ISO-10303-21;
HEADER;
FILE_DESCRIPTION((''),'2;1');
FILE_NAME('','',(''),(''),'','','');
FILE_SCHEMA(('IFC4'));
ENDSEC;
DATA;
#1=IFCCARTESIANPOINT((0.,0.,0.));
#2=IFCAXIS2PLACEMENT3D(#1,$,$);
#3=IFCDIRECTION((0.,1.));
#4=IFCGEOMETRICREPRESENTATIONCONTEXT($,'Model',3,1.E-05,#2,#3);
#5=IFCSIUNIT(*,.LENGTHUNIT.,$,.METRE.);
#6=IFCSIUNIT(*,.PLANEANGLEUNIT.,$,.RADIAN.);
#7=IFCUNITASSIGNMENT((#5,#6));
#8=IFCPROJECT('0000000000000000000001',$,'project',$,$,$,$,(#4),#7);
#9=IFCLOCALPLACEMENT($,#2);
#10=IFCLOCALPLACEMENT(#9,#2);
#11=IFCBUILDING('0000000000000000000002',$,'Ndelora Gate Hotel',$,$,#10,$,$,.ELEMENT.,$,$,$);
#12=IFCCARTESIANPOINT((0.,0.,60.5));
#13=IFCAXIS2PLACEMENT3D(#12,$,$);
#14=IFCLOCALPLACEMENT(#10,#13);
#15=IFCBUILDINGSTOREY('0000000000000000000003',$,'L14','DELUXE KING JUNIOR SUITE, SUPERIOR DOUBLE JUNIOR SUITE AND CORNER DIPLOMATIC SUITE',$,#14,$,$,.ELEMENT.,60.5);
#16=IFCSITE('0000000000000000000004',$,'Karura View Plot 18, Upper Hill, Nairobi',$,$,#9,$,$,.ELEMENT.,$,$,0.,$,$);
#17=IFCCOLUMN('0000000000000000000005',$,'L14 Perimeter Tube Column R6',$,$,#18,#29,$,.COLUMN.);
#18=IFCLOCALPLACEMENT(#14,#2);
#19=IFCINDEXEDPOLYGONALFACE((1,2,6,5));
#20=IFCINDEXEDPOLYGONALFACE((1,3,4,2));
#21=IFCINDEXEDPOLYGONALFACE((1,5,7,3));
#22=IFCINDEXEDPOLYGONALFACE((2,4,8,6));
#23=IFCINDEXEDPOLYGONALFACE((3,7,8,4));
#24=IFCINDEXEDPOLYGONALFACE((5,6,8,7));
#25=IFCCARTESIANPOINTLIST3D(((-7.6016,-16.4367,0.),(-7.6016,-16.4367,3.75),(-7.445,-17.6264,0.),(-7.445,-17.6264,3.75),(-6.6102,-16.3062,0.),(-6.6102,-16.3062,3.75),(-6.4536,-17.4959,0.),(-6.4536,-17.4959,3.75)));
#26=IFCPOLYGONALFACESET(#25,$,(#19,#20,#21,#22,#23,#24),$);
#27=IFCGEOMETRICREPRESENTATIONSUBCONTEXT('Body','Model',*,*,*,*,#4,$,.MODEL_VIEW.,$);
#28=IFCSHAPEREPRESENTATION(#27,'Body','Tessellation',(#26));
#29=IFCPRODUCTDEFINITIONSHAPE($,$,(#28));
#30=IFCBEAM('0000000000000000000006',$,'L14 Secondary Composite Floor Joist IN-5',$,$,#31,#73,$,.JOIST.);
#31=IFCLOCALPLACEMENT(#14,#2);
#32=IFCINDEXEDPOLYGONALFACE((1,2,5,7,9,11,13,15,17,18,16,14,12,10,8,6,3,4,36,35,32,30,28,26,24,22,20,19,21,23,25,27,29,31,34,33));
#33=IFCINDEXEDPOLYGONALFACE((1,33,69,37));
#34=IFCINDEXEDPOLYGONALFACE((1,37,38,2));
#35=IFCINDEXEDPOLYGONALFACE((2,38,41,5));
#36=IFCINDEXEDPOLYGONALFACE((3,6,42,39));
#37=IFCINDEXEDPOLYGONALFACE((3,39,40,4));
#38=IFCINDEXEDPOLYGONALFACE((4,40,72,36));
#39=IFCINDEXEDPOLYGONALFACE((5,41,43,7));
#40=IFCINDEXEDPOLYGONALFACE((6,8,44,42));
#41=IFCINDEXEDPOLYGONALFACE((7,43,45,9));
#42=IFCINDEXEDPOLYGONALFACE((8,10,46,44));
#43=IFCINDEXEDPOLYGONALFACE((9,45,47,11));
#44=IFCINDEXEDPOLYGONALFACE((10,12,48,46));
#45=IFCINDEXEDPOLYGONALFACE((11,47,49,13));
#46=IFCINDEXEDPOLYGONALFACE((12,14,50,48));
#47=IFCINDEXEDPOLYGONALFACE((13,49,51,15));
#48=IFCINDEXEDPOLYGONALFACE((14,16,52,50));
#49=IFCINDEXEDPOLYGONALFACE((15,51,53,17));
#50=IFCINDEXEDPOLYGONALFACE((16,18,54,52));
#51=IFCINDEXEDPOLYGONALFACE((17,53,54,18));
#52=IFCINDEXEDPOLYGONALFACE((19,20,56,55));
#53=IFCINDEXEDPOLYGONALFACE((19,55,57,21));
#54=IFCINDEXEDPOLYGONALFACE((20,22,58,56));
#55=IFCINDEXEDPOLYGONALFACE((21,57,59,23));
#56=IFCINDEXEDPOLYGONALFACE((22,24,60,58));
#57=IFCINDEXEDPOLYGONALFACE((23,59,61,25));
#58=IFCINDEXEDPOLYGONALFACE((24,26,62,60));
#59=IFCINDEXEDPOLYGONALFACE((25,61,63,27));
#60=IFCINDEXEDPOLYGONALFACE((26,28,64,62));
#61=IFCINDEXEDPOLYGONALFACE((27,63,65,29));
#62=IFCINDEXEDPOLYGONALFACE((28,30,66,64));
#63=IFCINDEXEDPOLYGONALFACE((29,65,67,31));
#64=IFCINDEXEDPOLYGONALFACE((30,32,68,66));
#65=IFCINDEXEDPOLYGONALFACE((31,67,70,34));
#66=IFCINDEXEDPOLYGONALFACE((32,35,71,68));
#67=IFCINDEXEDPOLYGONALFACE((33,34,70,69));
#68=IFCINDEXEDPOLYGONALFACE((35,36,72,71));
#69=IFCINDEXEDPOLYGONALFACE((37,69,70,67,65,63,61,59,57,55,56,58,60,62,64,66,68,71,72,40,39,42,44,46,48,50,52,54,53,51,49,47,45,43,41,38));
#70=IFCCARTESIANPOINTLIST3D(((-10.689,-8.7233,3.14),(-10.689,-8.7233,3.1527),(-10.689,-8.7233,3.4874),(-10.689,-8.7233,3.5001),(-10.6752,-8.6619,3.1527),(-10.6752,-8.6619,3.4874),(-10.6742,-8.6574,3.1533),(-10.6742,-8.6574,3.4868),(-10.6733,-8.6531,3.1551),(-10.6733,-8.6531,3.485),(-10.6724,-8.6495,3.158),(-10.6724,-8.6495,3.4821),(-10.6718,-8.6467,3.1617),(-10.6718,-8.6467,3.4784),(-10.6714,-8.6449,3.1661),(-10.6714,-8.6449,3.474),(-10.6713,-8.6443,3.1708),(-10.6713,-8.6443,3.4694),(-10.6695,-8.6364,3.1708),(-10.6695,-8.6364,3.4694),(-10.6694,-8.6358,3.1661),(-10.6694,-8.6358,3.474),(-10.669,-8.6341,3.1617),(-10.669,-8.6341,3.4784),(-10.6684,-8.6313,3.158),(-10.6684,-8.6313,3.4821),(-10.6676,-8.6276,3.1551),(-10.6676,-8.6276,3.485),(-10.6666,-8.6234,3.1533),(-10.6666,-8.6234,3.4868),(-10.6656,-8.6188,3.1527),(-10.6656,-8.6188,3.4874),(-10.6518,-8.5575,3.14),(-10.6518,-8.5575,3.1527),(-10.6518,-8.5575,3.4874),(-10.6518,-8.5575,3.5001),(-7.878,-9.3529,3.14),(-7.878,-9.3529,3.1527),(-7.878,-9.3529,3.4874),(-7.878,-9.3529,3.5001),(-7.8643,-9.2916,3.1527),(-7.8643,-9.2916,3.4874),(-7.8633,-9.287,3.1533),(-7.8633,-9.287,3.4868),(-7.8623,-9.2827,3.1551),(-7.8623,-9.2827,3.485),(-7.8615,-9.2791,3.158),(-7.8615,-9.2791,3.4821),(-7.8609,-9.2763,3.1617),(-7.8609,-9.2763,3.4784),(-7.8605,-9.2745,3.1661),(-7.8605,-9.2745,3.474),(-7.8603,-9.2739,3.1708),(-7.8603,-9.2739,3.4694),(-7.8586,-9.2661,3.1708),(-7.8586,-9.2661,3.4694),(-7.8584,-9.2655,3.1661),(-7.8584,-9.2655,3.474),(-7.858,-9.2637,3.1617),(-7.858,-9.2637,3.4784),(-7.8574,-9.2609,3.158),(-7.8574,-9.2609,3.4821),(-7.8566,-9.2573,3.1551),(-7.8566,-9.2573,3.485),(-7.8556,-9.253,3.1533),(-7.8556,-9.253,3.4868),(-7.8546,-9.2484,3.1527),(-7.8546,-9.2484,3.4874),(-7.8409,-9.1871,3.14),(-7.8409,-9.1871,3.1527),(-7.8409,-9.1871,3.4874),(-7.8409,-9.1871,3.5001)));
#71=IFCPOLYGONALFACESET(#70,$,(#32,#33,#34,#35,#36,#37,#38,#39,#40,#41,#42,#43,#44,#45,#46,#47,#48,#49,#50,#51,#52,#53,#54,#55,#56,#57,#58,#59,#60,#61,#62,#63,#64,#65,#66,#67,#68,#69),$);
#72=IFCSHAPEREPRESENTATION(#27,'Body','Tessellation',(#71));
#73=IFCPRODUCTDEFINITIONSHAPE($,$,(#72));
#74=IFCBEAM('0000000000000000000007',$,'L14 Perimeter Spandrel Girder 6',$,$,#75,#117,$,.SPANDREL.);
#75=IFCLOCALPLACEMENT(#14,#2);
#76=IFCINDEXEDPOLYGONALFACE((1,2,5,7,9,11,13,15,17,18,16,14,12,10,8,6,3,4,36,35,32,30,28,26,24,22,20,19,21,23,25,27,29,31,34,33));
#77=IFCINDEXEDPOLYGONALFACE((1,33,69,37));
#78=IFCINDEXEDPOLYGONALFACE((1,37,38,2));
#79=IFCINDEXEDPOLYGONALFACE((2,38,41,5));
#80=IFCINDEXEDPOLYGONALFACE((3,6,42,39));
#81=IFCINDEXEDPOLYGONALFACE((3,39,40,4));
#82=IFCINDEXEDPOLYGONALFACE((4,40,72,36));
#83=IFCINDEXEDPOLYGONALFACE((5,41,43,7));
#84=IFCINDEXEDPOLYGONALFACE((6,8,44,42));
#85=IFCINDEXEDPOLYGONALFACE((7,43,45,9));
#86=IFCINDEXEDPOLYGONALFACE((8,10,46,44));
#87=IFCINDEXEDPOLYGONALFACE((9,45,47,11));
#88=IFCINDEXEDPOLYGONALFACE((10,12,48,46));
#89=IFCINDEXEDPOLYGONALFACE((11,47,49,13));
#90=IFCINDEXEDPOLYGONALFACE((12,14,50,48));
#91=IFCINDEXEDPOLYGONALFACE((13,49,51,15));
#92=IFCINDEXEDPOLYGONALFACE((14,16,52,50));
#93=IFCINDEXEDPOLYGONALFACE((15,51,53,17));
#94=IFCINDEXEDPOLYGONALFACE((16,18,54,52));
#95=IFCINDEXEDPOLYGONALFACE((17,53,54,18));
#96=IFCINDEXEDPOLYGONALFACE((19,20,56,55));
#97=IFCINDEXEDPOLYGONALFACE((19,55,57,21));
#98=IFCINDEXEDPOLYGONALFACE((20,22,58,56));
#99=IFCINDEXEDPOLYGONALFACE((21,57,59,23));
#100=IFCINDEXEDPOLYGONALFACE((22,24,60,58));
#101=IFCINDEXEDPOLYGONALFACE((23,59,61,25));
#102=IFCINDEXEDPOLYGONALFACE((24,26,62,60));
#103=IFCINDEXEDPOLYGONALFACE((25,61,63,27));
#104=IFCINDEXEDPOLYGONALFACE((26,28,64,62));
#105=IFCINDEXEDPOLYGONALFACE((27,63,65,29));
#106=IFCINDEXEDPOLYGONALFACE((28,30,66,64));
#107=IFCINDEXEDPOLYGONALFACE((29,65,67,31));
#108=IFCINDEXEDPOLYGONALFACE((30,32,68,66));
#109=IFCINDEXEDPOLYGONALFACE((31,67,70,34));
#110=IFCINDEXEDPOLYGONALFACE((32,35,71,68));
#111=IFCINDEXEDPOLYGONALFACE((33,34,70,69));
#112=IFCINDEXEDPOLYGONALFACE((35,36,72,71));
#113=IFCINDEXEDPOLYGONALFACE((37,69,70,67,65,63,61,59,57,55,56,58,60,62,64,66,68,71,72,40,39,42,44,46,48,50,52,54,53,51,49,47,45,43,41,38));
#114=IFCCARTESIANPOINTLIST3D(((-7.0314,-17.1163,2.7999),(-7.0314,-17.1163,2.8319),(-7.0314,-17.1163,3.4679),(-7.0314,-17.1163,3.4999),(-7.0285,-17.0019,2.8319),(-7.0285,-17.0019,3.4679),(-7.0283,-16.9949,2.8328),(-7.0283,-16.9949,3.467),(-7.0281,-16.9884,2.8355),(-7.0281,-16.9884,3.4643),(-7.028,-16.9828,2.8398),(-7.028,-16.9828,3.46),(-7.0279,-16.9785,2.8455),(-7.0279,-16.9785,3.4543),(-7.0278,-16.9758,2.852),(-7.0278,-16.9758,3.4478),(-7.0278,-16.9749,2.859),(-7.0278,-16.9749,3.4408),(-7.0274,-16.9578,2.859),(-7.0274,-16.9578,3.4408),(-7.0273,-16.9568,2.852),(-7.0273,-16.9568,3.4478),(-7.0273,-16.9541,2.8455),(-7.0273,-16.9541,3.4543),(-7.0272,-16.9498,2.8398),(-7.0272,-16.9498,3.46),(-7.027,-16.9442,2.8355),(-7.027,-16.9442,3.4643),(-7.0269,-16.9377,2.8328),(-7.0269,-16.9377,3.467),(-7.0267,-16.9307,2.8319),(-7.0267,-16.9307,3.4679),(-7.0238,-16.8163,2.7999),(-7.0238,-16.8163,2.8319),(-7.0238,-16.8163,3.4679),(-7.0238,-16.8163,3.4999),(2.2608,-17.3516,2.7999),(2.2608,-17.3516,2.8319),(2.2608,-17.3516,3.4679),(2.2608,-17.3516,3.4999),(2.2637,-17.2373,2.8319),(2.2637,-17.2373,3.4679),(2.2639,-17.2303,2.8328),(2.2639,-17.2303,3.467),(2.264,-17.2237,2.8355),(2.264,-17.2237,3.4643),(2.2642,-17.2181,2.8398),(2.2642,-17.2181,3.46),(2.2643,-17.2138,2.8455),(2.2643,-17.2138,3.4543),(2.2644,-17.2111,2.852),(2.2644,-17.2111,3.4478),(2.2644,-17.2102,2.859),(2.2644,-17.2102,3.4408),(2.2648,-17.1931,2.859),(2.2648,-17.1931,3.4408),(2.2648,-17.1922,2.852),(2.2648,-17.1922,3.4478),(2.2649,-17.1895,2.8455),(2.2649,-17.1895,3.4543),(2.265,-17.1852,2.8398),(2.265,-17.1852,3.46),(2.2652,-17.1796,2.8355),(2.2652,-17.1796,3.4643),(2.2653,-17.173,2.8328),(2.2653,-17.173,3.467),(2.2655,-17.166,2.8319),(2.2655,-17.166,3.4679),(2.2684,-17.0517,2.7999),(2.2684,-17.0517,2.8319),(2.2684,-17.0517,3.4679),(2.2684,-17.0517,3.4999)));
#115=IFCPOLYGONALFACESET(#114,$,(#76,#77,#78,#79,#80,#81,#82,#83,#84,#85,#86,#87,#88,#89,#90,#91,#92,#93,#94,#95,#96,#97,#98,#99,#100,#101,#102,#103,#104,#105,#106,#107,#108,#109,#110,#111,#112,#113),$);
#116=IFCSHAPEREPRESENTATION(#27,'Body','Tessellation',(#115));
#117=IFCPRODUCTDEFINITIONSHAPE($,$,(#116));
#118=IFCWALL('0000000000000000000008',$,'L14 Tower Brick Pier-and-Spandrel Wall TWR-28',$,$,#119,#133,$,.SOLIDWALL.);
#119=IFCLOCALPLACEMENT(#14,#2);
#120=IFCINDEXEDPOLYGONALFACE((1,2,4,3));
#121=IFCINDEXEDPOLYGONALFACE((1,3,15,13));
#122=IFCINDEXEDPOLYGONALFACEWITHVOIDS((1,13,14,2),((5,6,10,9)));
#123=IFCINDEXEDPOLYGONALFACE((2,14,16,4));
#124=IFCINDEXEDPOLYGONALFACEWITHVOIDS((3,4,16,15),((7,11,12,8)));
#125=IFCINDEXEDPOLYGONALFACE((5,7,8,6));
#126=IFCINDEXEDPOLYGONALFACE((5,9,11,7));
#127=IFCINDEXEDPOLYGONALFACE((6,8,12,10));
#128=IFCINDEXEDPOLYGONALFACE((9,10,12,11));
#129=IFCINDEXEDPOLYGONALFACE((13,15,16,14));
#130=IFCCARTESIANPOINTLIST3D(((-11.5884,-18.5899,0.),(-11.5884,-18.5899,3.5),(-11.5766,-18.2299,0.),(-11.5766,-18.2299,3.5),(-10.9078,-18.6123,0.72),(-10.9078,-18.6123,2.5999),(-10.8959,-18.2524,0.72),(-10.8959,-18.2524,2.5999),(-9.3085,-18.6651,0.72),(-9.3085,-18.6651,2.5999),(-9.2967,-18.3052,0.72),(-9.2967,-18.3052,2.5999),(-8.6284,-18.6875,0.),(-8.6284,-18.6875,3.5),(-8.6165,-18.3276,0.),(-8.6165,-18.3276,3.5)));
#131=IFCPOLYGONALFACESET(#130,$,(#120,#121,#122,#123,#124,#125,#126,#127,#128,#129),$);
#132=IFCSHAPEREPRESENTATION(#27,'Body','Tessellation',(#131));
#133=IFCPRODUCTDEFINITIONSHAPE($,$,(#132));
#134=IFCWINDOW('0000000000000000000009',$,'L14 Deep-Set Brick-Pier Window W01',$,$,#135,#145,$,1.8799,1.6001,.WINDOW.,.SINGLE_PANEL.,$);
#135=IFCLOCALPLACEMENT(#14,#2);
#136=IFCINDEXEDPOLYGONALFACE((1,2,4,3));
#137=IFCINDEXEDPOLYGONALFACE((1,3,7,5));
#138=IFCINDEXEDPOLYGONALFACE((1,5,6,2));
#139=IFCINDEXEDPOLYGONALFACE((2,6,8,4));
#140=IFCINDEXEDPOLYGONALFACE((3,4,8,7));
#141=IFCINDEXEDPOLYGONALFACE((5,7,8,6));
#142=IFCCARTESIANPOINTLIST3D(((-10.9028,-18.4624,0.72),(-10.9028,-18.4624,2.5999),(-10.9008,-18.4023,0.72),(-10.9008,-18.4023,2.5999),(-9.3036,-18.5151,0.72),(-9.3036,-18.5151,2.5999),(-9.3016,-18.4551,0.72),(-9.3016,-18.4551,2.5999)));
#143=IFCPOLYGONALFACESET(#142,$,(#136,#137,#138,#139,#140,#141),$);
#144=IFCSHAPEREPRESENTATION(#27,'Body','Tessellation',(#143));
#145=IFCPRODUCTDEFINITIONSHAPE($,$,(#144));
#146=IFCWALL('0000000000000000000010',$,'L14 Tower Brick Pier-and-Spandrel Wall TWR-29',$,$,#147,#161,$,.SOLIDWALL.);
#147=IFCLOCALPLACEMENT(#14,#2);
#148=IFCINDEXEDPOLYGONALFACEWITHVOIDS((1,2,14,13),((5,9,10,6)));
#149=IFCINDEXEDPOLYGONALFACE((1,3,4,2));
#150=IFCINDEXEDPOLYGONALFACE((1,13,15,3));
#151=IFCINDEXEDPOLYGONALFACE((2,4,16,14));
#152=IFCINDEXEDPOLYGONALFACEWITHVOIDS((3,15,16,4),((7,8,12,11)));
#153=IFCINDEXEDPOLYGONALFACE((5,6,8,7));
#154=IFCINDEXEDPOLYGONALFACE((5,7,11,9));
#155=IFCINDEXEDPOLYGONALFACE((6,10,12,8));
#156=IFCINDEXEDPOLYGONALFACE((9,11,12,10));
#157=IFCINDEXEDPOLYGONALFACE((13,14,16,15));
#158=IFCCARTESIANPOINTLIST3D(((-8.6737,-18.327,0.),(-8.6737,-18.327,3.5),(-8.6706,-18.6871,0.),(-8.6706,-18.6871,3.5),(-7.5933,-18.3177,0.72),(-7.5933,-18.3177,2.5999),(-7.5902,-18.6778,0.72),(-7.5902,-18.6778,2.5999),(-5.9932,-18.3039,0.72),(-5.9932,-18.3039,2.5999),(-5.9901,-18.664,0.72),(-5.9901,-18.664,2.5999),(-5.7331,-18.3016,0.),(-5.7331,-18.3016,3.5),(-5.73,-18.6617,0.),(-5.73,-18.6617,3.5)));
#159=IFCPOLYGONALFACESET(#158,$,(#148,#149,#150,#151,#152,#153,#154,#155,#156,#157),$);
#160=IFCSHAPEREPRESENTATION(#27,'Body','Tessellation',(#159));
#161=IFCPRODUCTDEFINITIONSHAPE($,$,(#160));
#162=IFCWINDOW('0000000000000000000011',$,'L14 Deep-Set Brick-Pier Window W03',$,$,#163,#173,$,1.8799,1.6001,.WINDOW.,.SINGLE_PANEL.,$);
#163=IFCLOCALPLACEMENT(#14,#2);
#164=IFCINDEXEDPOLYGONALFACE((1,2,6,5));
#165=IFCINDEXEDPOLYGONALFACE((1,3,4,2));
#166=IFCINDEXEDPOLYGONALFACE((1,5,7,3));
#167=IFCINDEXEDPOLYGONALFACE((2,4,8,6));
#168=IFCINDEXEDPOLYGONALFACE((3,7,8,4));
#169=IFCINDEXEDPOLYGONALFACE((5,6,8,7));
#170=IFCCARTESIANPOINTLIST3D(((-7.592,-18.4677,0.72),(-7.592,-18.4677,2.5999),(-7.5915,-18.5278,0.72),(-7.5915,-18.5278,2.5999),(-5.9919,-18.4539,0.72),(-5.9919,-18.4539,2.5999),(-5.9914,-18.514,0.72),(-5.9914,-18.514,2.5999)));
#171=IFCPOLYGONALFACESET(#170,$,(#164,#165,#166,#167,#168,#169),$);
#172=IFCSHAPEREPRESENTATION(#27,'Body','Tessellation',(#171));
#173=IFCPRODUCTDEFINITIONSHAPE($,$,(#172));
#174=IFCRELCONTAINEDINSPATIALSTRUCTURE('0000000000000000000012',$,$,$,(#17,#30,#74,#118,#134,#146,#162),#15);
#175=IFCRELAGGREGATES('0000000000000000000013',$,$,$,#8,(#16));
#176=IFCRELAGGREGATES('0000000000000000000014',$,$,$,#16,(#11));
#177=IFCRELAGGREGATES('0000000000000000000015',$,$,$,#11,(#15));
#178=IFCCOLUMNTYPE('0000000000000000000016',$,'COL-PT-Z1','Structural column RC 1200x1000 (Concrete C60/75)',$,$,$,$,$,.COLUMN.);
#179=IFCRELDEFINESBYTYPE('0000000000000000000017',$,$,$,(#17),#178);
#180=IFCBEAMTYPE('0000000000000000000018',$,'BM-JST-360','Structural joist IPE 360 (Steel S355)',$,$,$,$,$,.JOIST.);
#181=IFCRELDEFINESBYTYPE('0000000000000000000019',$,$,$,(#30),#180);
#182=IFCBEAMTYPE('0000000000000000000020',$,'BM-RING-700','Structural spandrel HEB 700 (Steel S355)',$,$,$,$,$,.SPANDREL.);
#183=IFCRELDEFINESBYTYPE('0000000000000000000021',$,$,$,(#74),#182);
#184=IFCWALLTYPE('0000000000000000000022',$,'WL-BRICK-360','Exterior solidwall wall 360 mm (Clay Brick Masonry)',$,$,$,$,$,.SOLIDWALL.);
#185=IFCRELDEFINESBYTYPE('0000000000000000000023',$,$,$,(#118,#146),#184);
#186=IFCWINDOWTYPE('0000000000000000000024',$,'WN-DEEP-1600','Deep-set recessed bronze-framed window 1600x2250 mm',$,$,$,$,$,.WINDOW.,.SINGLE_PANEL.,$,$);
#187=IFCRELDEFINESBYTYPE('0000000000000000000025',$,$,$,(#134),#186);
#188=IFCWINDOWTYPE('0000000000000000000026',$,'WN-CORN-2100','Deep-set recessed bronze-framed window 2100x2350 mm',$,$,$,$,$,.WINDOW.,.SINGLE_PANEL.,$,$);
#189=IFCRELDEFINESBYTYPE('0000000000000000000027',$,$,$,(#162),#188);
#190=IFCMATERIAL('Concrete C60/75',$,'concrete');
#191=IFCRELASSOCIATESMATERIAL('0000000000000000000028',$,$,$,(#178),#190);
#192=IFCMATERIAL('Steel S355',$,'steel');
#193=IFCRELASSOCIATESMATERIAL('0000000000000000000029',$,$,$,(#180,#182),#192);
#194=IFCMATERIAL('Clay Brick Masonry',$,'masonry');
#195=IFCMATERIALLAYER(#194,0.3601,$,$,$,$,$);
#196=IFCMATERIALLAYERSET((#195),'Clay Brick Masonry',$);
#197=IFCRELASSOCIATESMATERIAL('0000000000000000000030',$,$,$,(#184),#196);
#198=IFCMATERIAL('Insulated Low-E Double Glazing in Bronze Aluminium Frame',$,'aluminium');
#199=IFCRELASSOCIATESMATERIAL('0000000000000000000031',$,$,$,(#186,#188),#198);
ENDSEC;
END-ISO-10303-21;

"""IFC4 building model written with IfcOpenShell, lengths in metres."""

from ifc_helpers import new_model, si_unit, direction, frame, frame_2d, origin, origin_2d, place, context, subcontext, project, spatial, rectangle, i_section, extrude, material, layer, layer_set, material_profile, profile_set, type_object, element, fill, save


model = new_model("IFC4")

# Units and contexts
model_context = context("Model", 3, precision=1e-05, world=origin(), true_north=direction((0.0, 1.0)))
body_context = subcontext(model_context, "Body", "Model", "MODEL_VIEW")
ifc_project = project(units=[si_unit("LENGTHUNIT", "METRE"), si_unit("PLANEANGLEUNIT", "RADIAN")], contexts=[model_context])

# Site, building, storey
site_placement = place(None, origin())
site = spatial("IfcSite", under=ifc_project, at=site_placement, Name="Karura View Plot 18, Upper Hill, Nairobi", CompositionType="ELEMENT", RefElevation=0.0)
building_placement = place(site_placement, origin())
building = spatial("IfcBuilding", under=site, at=building_placement, Name="Ndelora Gate Hotel", CompositionType="ELEMENT")
storey_placement = place(building_placement, frame((0.0, 0.0, 60.5)))
storey = spatial("IfcBuildingStorey", under=building, at=storey_placement, Name="L14", Description="DELUXE KING JUNIOR SUITE, SUPERIOR DOUBLE JUNIOR SUITE AND CORNER DIPLOMATIC SUITE", CompositionType="ELEMENT", Elevation=60.5)

# Column
ifc_material_1 = material(Name="Concrete C60/75", Category="concrete")
ifc_material_profile_1 = material_profile(ifc_material_1, rectangle(XDim=1.0, YDim=1.2, at=origin_2d()), Name="RC 1200x1000")
ifc_profile_set_1 = profile_set([ifc_material_profile_1], Name="Concrete C60/75")
column_type = type_object("IfcColumnType", Name="COL-PT-Z1", Description="Structural column RC 1200x1000 (Concrete C60/75)", PredefinedType="COLUMN", material=ifc_profile_set_1)
column_placement = place(storey_placement, frame((-7.0276, -16.9663, 0.0), z_axis=(0.0, 0.0, 1.0), x_axis=(0.991445, 0.130526, 0.0)))
element("IfcColumn", 1, at=column_placement, inside=storey, type_object=column_type, Name="L14 Perimeter Tube Column R6", PredefinedType="COLUMN", context=body_context, shape_type="SweptSolid", body=[
    extrude(rectangle(XDim=1.0, YDim=1.2, at=origin_2d()), origin(), (0.0, 0.0, 1.0), 3.75),
])

# Beams
ifc_material_2 = material(Name="Steel S355", Category="steel")
ifc_material_profile_2 = material_profile(ifc_material_2, i_section(OverallWidth=0.1699, OverallDepth=0.3601, WebThickness=0.0081, FlangeThickness=0.0127, FilletRadius=0.0181, at=origin_2d()), Name="IPE 360")
ifc_profile_set_2 = profile_set([ifc_material_profile_2], Name="Steel S355")
beam_type_1 = type_object("IfcBeamType", Name="BM-JST-360", Description="Structural joist IPE 360 (Steel S355)", PredefinedType="JOIST", material=ifc_profile_set_2)
beam_1_placement = place(storey_placement, frame((-10.6704, -8.6404, 3.3201), z_axis=(0.975821, -0.218572, 0.0), x_axis=(0.218572, 0.975821, 0.0)))
element("IfcBeam", 2, at=beam_1_placement, inside=storey, type_object=beam_type_1, Name="L14 Secondary Composite Floor Joist IN-5", PredefinedType="JOIST", context=body_context, shape_type="SweptSolid", body=[
    extrude(i_section(OverallWidth=0.1699, OverallDepth=0.3601, WebThickness=0.0081, FlangeThickness=0.0127, FilletRadius=0.0181, at=origin_2d()), origin(), (0.0, 0.0, 1.0), 2.8806),
])
ifc_material_profile_3 = material_profile(ifc_material_2, i_section(OverallWidth=0.3, OverallDepth=0.7, WebThickness=0.0171, FlangeThickness=0.032, FilletRadius=0.0271, at=origin_2d()), Name="HEB 700")
ifc_profile_set_3 = profile_set([ifc_material_profile_3], Name="Steel S355")
beam_type_2 = type_object("IfcBeamType", Name="BM-RING-700", Description="Structural spandrel HEB 700 (Steel S355)", PredefinedType="SPANDREL", material=ifc_profile_set_3)
beam_2_placement = place(storey_placement, frame((-7.0276, -16.9663, 3.1499), z_axis=(0.999679, -0.02532, 0.0), x_axis=(0.02532, 0.999679, 0.0)))
element("IfcBeam", 3, at=beam_2_placement, inside=storey, type_object=beam_type_2, Name="L14 Perimeter Spandrel Girder 6", PredefinedType="SPANDREL", context=body_context, shape_type="SweptSolid", body=[
    extrude(i_section(OverallWidth=0.3, OverallDepth=0.7, WebThickness=0.0171, FlangeThickness=0.032, FilletRadius=0.0271, at=origin_2d()), origin(), (0.0, 0.0, 1.0), 9.2952),
])

# Walls, openings, windows
ifc_material_3 = material(Name="Clay Brick Masonry", Category="masonry")
ifc_layer_1 = layer(ifc_material_3, 0.3601)
ifc_layer_set_1 = layer_set([ifc_layer_1], Name="Clay Brick Masonry")
wall_type_1 = type_object("IfcWallType", Name="WL-BRICK-360", Description="Exterior solidwall wall 360 mm (Clay Brick Masonry)", PredefinedType="SOLIDWALL", material=ifc_layer_set_1)
wall_1_placement = place(storey_placement, frame((-8.6223, -18.5076, 0.0), z_axis=(0.0, 0.0, 1.0), x_axis=(-0.999456, 0.032974, 0.0)))
wall_1 = element("IfcWall", 4, at=wall_1_placement, inside=storey, type_object=wall_type_1, Name="L14 Tower Brick Pier-and-Spandrel Wall TWR-28", PredefinedType="SOLIDWALL", context=body_context, shape_type="SweptSolid", body=[
    extrude(rectangle(XDim=2.9617, YDim=0.3601, at=frame_2d((1.481, 0.0))), origin(), (0.0, 0.0, 1.0), 3.5),
])
opening_1_placement = place(wall_1_placement, frame((0.6807, 0.0, 0.72)))
opening_1 = element("IfcOpeningElement", 5, at=opening_1_placement, cuts=wall_1, PredefinedType="OPENING", context=body_context, shape_type="SweptSolid", body=[
    extrude(rectangle(XDim=1.6001, YDim=1.8799, at=frame_2d((0.8, 0.9399))), frame((0.0, 0.1899, 0.0), z_axis=(0.0, -1.0, 0.0), x_axis=(1.0, 0.0, 0.0)), (0.0, 0.0, 1.0), 0.3801),
])
ifc_material_4 = material(Name="Insulated Low-E Double Glazing in Bronze Aluminium Frame", Category="aluminium")
window_type_1 = type_object("IfcWindowType", Name="WN-DEEP-1600", Description="Deep-set recessed bronze-framed window 1600x2250 mm", PartitioningType="SINGLE_PANEL", PredefinedType="WINDOW", material=ifc_material_4)
window_1_placement = place(opening_1_placement, origin())
window_1 = element("IfcWindow", 6, at=window_1_placement, inside=storey, type_object=window_type_1, Name="L14 Deep-Set Brick-Pier Window W01", OverallHeight=1.8799, OverallWidth=1.6001, PartitioningType="SINGLE_PANEL", PredefinedType="WINDOW", context=body_context, shape_type="SweptSolid", body=[
    extrude(rectangle(XDim=1.6001, YDim=1.8799, at=frame_2d((0.8, 0.9399))), frame((0.0, 0.03, 0.0), z_axis=(0.0, -1.0, 0.0), x_axis=(1.0, 0.0, 0.0)), (0.0, 0.0, 1.0), 0.0601),
])
fill(opening_1, window_1)
wall_2_placement = place(storey_placement, frame((-5.7317, -18.4817, 0.0), z_axis=(0.0, 0.0, 1.0), x_axis=(-0.999963, -0.008634, 0.0)))
wall_2 = element("IfcWall", 7, at=wall_2_placement, inside=storey, type_object=wall_type_1, Name="L14 Tower Brick Pier-and-Spandrel Wall TWR-29", PredefinedType="SOLIDWALL", context=body_context, shape_type="SweptSolid", body=[
    extrude(rectangle(XDim=2.9407, YDim=0.3601, at=frame_2d((1.4702, 0.0))), origin(), (0.0, 0.0, 1.0), 3.5),
])
opening_2_placement = place(wall_2_placement, frame((0.26, 0.0, 0.72)))
opening_2 = element("IfcOpeningElement", 8, at=opening_2_placement, cuts=wall_2, PredefinedType="OPENING", context=body_context, shape_type="SweptSolid", body=[
    extrude(rectangle(XDim=1.6001, YDim=1.8799, at=frame_2d((0.8, 0.9399))), frame((0.0, 0.1899, 0.0), z_axis=(0.0, -1.0, 0.0), x_axis=(1.0, 0.0, 0.0)), (0.0, 0.0, 1.0), 0.3801),
])
window_type_2 = type_object("IfcWindowType", Name="WN-CORN-2100", Description="Deep-set recessed bronze-framed window 2100x2350 mm", PartitioningType="SINGLE_PANEL", PredefinedType="WINDOW", material=ifc_material_4)
window_2_placement = place(opening_2_placement, origin())
window_2 = element("IfcWindow", 9, at=window_2_placement, inside=storey, type_object=window_type_2, Name="L14 Deep-Set Brick-Pier Window W03", OverallHeight=1.8799, OverallWidth=1.6001, PartitioningType="SINGLE_PANEL", PredefinedType="WINDOW", context=body_context, shape_type="SweptSolid", body=[
    extrude(rectangle(XDim=1.6001, YDim=1.8799, at=frame_2d((0.8, 0.9399))), frame((0.0, 0.03, 0.0), z_axis=(0.0, -1.0, 0.0), x_axis=(1.0, 0.0, 0.0)), (0.0, 0.0, 1.0), 0.0601),
])
fill(opening_2, window_2)

save(model, "model.ifc")
